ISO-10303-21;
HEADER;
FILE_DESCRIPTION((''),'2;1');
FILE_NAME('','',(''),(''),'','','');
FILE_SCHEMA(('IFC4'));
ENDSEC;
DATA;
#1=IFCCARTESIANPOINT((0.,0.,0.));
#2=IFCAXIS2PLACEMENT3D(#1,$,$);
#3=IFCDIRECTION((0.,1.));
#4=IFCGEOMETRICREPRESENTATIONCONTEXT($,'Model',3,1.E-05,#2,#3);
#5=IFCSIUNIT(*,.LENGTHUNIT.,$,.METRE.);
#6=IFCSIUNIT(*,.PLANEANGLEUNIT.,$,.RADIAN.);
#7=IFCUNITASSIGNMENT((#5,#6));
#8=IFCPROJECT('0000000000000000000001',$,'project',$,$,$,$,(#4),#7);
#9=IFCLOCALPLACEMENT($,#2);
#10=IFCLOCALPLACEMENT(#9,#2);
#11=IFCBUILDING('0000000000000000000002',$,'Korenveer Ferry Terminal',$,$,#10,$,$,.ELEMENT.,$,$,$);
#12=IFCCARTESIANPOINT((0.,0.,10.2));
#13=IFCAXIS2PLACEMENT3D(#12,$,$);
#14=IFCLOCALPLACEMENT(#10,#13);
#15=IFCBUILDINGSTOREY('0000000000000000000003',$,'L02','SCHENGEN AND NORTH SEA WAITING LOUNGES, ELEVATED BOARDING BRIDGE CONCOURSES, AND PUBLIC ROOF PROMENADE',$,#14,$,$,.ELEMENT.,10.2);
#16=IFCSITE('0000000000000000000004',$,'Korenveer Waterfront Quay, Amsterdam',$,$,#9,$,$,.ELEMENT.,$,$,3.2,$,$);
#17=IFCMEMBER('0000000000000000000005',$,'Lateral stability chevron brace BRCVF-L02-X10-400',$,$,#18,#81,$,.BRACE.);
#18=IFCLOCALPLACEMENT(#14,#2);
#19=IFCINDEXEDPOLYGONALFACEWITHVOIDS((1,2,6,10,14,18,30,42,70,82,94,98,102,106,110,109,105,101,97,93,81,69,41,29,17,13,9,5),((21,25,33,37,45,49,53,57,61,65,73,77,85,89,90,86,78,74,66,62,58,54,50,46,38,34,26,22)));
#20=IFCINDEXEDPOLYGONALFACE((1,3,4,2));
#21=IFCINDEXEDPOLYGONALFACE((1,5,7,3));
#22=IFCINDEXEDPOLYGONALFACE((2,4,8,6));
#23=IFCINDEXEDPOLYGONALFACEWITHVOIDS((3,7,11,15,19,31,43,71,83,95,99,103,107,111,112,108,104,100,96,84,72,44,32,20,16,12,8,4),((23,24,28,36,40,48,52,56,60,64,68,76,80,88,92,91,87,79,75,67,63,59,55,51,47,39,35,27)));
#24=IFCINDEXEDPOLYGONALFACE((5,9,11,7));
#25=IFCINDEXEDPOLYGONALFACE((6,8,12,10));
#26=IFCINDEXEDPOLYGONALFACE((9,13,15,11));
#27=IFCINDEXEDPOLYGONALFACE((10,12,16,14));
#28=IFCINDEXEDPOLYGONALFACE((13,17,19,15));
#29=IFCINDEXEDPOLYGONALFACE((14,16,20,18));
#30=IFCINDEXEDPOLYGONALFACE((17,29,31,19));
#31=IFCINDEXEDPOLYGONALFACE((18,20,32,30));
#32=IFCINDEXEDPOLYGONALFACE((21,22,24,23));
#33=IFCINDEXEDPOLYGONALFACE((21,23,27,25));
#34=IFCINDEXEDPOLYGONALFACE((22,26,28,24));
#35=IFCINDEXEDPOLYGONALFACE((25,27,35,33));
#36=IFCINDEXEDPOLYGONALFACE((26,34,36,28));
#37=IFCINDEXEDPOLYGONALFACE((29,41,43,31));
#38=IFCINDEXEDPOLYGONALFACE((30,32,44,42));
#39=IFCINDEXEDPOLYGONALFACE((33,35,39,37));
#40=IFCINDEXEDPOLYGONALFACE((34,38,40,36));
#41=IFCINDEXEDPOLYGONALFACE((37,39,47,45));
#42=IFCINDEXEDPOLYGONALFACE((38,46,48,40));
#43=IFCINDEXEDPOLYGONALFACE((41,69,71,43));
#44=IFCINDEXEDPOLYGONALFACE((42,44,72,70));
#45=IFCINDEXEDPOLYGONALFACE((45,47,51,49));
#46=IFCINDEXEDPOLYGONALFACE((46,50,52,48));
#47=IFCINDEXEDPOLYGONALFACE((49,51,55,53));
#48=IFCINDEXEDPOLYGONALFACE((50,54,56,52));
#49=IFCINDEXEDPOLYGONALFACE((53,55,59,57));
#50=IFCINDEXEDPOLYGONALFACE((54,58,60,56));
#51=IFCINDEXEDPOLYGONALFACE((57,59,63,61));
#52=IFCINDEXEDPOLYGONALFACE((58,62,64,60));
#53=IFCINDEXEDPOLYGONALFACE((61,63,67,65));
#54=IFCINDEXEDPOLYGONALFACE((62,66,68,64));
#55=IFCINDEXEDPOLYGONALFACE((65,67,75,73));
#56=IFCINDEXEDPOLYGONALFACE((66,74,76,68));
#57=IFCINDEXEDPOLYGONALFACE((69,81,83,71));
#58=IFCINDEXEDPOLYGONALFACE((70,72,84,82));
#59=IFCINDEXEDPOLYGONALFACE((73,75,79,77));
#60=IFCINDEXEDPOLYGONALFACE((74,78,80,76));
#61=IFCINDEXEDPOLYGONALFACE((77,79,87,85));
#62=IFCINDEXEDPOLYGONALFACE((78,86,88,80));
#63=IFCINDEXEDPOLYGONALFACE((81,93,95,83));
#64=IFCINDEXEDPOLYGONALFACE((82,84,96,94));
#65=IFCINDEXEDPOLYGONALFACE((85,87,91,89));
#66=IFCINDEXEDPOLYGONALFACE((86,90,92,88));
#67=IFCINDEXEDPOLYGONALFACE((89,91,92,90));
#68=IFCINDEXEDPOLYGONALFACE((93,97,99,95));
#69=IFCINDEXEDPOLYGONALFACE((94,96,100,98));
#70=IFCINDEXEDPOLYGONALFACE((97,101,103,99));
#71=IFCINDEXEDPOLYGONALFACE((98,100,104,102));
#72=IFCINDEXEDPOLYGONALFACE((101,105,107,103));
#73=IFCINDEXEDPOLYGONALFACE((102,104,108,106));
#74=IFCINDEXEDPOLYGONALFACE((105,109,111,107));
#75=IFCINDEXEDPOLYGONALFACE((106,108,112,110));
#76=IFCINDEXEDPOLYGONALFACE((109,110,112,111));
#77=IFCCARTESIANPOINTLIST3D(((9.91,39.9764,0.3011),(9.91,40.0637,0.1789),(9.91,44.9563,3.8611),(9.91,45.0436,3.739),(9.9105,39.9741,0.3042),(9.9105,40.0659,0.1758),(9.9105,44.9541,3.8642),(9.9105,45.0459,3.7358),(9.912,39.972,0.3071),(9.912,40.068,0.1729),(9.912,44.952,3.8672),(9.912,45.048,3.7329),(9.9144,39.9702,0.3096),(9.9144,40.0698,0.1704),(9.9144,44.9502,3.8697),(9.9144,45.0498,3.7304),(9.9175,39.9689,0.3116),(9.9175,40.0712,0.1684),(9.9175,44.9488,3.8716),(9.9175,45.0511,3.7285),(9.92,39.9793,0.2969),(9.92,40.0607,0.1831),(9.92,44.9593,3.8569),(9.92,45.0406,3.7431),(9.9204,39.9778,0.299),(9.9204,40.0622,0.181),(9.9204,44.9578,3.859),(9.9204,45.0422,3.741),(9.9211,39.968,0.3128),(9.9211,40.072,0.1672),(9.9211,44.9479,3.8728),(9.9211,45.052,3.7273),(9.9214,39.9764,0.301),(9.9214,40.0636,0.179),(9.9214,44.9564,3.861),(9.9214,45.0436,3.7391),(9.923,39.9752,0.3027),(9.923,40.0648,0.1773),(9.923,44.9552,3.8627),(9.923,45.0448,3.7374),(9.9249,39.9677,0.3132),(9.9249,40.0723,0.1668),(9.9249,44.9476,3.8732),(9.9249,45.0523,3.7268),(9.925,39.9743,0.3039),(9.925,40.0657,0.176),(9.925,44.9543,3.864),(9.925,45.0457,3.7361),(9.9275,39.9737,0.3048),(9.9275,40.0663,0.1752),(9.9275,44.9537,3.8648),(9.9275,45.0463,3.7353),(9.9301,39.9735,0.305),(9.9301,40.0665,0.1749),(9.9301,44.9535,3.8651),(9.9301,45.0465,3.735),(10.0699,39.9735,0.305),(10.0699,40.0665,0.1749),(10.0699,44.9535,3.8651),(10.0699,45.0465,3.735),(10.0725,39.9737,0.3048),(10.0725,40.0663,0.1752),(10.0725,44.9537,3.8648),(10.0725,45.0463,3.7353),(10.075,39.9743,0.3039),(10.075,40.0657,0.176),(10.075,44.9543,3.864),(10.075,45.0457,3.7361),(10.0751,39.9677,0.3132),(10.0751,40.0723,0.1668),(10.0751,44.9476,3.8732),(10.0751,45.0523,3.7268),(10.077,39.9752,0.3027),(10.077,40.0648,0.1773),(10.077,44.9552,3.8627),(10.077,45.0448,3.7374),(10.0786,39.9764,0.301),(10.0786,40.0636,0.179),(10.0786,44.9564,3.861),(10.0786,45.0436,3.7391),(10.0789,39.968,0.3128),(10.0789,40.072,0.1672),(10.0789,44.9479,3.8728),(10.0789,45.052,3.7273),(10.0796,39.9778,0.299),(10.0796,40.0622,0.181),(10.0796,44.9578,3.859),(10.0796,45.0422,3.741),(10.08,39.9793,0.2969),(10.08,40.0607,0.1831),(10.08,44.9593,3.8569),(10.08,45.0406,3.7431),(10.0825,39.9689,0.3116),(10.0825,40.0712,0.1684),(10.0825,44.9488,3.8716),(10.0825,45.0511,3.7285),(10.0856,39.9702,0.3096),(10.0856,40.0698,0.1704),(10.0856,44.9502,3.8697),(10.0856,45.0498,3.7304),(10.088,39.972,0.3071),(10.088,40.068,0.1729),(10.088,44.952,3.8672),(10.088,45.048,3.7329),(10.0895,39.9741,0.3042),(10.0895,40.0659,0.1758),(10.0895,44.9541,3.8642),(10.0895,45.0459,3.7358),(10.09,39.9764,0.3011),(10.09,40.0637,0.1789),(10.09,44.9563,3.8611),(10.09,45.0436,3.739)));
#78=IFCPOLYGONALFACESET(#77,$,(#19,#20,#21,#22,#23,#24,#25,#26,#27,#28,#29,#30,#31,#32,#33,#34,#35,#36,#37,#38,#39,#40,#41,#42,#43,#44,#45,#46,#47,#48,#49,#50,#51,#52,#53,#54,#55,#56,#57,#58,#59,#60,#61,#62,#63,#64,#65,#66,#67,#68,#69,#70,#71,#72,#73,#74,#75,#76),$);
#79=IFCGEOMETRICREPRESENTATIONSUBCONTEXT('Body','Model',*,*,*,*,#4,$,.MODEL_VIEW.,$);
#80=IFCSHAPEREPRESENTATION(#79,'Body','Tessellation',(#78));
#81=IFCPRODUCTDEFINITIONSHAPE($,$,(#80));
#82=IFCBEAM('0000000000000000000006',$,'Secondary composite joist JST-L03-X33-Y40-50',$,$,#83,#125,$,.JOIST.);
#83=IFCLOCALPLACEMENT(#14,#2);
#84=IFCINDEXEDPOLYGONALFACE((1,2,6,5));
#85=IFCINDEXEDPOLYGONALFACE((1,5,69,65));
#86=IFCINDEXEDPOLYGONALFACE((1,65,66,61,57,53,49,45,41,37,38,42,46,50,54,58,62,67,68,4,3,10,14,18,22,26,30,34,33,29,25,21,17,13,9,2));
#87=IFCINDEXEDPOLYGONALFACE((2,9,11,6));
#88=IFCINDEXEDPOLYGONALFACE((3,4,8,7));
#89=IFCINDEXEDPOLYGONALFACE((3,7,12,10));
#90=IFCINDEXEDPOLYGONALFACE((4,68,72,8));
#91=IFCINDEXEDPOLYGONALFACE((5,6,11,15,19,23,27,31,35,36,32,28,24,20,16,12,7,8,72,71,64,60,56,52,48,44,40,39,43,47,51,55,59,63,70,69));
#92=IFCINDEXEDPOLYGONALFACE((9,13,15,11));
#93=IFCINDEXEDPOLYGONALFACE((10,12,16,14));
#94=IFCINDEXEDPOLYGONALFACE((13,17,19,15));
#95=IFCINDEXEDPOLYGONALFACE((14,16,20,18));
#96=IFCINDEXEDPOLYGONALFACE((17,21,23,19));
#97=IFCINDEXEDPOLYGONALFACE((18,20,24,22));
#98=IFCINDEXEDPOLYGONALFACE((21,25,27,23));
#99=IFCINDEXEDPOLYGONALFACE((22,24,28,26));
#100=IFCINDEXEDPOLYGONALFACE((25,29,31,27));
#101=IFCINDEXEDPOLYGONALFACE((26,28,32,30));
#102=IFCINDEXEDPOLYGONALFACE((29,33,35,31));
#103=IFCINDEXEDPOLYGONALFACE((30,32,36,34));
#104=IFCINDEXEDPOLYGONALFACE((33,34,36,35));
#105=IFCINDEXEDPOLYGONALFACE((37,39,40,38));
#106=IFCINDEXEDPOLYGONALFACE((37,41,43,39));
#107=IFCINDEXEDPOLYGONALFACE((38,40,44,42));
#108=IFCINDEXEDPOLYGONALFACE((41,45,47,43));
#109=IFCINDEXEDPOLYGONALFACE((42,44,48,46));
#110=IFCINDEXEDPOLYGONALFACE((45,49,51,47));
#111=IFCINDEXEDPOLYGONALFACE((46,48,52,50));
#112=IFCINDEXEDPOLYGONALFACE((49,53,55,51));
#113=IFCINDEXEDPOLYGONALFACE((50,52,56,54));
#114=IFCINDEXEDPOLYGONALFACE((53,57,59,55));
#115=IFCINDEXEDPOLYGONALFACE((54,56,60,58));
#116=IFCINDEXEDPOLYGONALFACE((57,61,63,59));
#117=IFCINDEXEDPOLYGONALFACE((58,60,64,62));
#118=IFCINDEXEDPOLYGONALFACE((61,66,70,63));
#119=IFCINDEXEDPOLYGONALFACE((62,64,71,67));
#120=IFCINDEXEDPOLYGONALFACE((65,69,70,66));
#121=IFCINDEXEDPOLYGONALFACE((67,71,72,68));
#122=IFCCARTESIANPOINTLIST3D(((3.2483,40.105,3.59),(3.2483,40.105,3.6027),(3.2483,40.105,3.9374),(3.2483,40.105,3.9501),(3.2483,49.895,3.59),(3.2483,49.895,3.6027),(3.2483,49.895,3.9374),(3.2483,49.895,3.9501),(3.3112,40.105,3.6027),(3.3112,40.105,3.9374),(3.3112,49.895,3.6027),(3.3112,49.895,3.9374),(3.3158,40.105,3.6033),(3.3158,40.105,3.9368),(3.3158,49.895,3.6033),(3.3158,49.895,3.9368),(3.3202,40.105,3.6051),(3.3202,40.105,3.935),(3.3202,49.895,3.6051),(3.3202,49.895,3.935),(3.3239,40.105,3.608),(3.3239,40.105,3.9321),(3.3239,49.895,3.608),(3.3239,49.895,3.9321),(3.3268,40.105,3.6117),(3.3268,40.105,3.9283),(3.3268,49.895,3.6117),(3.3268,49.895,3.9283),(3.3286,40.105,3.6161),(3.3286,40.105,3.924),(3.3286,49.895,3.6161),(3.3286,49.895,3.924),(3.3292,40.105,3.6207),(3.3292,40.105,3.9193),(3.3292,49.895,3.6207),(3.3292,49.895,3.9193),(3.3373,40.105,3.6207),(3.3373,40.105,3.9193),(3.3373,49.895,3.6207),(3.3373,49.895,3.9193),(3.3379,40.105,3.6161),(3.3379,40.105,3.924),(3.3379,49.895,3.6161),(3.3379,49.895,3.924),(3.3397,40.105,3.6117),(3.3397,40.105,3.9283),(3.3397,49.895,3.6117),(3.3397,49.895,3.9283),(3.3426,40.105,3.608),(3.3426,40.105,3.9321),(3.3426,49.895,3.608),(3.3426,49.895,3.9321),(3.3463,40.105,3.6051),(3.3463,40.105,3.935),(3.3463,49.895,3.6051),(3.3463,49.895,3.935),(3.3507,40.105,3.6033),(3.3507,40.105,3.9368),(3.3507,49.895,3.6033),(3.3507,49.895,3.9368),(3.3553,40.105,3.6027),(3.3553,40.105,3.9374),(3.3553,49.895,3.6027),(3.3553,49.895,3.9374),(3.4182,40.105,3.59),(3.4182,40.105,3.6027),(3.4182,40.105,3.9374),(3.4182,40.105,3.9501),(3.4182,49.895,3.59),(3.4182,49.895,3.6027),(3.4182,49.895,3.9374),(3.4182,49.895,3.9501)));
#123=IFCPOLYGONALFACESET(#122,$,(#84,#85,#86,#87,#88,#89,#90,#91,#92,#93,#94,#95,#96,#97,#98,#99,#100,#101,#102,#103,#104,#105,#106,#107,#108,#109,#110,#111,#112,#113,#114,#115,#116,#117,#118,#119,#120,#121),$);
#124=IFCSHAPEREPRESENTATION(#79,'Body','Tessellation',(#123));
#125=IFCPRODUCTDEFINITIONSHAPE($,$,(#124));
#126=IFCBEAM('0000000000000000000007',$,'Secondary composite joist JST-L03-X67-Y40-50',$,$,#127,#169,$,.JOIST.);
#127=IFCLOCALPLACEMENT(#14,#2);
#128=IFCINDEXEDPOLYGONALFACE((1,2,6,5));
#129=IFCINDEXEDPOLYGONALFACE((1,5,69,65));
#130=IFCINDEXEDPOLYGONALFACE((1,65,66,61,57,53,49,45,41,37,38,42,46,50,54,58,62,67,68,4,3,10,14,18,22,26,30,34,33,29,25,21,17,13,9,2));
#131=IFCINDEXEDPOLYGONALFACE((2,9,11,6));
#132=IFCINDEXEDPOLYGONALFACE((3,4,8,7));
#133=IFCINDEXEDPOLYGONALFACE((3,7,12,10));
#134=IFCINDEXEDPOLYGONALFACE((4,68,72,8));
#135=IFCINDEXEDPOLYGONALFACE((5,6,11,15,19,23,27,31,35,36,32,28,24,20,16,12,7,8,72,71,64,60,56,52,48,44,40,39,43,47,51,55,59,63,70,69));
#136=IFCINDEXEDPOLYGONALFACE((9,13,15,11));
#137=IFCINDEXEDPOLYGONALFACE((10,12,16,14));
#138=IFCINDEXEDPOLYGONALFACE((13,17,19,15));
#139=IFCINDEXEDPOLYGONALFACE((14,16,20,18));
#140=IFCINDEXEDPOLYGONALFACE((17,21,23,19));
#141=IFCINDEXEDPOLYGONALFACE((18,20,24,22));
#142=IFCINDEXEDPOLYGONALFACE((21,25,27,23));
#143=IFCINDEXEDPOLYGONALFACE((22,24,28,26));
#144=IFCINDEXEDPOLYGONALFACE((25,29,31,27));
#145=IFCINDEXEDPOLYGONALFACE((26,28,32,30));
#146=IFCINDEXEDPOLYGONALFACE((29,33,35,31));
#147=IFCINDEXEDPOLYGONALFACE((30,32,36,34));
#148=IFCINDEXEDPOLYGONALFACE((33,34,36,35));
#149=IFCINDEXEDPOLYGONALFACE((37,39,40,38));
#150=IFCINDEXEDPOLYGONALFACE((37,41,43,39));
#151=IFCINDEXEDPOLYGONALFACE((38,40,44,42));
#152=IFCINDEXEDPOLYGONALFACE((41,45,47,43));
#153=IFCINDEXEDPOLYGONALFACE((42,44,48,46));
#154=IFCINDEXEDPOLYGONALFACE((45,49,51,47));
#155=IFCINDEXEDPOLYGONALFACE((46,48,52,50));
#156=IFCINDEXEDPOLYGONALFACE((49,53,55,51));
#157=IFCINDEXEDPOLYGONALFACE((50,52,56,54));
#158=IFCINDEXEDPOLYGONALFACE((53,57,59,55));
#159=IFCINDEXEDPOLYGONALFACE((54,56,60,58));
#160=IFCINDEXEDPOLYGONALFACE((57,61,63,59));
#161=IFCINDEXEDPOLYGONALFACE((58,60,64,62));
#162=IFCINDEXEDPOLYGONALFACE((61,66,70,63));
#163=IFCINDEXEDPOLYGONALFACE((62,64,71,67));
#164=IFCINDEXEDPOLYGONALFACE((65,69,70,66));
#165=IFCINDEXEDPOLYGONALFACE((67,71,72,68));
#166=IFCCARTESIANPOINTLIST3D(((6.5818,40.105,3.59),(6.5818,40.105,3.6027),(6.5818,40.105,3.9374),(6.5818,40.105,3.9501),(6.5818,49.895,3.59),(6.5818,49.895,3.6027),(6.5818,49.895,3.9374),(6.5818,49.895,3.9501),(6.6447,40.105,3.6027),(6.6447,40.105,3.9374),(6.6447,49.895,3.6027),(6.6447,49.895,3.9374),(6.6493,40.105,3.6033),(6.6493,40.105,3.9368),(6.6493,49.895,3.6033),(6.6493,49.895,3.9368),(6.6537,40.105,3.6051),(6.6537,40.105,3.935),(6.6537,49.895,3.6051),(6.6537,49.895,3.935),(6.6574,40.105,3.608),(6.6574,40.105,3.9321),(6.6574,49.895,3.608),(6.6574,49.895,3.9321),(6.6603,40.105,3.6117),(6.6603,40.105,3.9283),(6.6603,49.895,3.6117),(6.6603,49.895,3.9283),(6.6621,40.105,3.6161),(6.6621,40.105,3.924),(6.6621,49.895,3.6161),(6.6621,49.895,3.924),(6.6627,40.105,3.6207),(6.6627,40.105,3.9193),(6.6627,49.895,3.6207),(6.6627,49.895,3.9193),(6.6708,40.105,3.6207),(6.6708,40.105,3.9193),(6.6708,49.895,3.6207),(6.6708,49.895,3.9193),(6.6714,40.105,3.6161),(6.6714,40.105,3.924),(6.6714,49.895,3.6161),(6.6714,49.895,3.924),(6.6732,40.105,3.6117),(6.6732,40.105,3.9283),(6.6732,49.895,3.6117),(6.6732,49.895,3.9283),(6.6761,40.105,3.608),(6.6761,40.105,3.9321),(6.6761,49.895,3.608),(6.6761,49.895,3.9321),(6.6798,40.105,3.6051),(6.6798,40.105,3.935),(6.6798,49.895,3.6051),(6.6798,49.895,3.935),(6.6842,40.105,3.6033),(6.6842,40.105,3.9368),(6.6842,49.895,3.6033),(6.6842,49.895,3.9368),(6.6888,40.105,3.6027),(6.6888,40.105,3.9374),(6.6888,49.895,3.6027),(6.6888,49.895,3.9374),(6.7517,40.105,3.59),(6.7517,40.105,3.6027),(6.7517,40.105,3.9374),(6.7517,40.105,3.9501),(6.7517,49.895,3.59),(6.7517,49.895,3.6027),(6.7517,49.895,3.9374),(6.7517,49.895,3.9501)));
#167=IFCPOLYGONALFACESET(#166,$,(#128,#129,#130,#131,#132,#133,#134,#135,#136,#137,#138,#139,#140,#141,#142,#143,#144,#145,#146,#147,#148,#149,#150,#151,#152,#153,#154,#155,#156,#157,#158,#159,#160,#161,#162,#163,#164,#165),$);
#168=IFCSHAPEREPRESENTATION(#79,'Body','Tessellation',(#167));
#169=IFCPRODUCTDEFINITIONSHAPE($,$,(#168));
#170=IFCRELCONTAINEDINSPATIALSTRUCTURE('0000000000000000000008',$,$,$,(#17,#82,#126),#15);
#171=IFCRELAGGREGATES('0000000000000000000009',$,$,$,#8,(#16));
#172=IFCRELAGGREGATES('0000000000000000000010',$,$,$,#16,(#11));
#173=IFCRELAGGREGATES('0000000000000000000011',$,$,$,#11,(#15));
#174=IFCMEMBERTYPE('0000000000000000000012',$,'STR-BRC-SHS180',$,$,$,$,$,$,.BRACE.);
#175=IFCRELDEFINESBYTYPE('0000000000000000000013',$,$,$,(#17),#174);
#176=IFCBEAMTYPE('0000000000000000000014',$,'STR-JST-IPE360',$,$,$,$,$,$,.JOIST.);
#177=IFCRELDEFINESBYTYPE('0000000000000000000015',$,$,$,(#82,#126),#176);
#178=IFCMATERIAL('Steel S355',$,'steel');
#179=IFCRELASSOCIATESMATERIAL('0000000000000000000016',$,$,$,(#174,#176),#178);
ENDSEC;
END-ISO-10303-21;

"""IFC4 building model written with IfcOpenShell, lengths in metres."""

from ifc_helpers import new_model, si_unit, direction, frame, origin, origin_2d, place, context, subcontext, project, spatial, hollow_rectangle, i_section, extrude, material, material_profile, profile_set, type_object, element, save


model = new_model("IFC4")

# Units and contexts
model_context = context("Model", 3, precision=1e-05, world=origin(), true_north=direction((0.0, 1.0)))
body_context = subcontext(model_context, "Body", "Model", "MODEL_VIEW")
ifc_project = project(units=[si_unit("LENGTHUNIT", "METRE"), si_unit("PLANEANGLEUNIT", "RADIAN")], contexts=[model_context])

# Site, building, storey
site_placement = place(None, origin())
site = spatial("IfcSite", under=ifc_project, at=site_placement, Name="Korenveer Waterfront Quay, Amsterdam", CompositionType="ELEMENT", RefElevation=3.2)
building_placement = place(site_placement, origin())
building = spatial("IfcBuilding", under=site, at=building_placement, Name="Korenveer Ferry Terminal", CompositionType="ELEMENT")
storey_placement = place(building_placement, frame((0.0, 0.0, 10.2)))
storey = spatial("IfcBuildingStorey", under=building, at=storey_placement, Name="L02", Description="SCHENGEN AND NORTH SEA WAITING LOUNGES, ELEVATED BOARDING BRIDGE CONCOURSES, AND PUBLIC ROOF PROMENADE", CompositionType="ELEMENT", Elevation=10.2)

# Shared definitions
ifc_material_1 = material(Name="Steel S355", Category="steel")

# Member
ifc_material_profile_1 = material_profile(ifc_material_1, hollow_rectangle(XDim=0.1799, YDim=0.1799, WallThickness=0.01, InnerFilletRadius=0.01, OuterFilletRadius=0.0149, at=origin_2d()), Name="SHS 180x180x10")
ifc_profile_set_1 = profile_set([ifc_material_profile_1], Name="Steel S355")
member_type_1 = type_object("IfcMemberType", Name="STR-BRC-SHS180", PredefinedType="BRACE", material=ifc_profile_set_1)
member_1_placement = place(storey_placement, frame((10.0, 40.02, 0.24), z_axis=(0.0, 0.813507, 0.581555), x_axis=(-1.0, 0.0, 0.0)))
element("IfcMember", 1, at=member_1_placement, inside=storey, type_object=member_type_1, Name="Lateral stability chevron brace BRCVF-L02-X10-400", PredefinedType="BRACE", context=body_context, shape_type="SweptSolid", body=[
    extrude(hollow_rectangle(XDim=0.1799, YDim=0.1799, WallThickness=0.01, InnerFilletRadius=0.01, OuterFilletRadius=0.0149, at=origin_2d()), origin(), (0.0, 0.0, 1.0), 6.1216),
])

# Beams
ifc_material_profile_2 = material_profile(ifc_material_1, i_section(OverallWidth=0.1699, OverallDepth=0.3601, WebThickness=0.0081, FlangeThickness=0.0127, FilletRadius=0.0181, at=origin_2d()), Name="IPE 360")
ifc_profile_set_2 = profile_set([ifc_material_profile_2], Name="Steel S355")
beam_type_1 = type_object("IfcBeamType", Name="STR-JST-IPE360", PredefinedType="JOIST", material=ifc_profile_set_2)
for number, where, z_axis, x_axis, name in (
    (2, (3.3333, 40.105, 3.77), (0.0, 1.0, 0.0), (-1.0, 0.0, 0.0), "Secondary composite joist JST-L03-X33-Y40-50"),
    (3, (6.6667, 40.105, 3.77), (0.0, 1.0, 0.0), (-1.0, 0.0, 0.0), "Secondary composite joist JST-L03-X67-Y40-50"),
):
    element("IfcBeam", number, at=place(storey_placement, frame(where, z_axis=z_axis, x_axis=x_axis)), inside=storey, type_object=beam_type_1, Name=name, PredefinedType="JOIST", context=body_context, shape_type="SweptSolid", body=[
        extrude(i_section(OverallWidth=0.1699, OverallDepth=0.3601, WebThickness=0.0081, FlangeThickness=0.0127, FilletRadius=0.0181, at=origin_2d()), origin(), (0.0, 0.0, 1.0), 9.79),
    ])

save(model, "model.ifc")
